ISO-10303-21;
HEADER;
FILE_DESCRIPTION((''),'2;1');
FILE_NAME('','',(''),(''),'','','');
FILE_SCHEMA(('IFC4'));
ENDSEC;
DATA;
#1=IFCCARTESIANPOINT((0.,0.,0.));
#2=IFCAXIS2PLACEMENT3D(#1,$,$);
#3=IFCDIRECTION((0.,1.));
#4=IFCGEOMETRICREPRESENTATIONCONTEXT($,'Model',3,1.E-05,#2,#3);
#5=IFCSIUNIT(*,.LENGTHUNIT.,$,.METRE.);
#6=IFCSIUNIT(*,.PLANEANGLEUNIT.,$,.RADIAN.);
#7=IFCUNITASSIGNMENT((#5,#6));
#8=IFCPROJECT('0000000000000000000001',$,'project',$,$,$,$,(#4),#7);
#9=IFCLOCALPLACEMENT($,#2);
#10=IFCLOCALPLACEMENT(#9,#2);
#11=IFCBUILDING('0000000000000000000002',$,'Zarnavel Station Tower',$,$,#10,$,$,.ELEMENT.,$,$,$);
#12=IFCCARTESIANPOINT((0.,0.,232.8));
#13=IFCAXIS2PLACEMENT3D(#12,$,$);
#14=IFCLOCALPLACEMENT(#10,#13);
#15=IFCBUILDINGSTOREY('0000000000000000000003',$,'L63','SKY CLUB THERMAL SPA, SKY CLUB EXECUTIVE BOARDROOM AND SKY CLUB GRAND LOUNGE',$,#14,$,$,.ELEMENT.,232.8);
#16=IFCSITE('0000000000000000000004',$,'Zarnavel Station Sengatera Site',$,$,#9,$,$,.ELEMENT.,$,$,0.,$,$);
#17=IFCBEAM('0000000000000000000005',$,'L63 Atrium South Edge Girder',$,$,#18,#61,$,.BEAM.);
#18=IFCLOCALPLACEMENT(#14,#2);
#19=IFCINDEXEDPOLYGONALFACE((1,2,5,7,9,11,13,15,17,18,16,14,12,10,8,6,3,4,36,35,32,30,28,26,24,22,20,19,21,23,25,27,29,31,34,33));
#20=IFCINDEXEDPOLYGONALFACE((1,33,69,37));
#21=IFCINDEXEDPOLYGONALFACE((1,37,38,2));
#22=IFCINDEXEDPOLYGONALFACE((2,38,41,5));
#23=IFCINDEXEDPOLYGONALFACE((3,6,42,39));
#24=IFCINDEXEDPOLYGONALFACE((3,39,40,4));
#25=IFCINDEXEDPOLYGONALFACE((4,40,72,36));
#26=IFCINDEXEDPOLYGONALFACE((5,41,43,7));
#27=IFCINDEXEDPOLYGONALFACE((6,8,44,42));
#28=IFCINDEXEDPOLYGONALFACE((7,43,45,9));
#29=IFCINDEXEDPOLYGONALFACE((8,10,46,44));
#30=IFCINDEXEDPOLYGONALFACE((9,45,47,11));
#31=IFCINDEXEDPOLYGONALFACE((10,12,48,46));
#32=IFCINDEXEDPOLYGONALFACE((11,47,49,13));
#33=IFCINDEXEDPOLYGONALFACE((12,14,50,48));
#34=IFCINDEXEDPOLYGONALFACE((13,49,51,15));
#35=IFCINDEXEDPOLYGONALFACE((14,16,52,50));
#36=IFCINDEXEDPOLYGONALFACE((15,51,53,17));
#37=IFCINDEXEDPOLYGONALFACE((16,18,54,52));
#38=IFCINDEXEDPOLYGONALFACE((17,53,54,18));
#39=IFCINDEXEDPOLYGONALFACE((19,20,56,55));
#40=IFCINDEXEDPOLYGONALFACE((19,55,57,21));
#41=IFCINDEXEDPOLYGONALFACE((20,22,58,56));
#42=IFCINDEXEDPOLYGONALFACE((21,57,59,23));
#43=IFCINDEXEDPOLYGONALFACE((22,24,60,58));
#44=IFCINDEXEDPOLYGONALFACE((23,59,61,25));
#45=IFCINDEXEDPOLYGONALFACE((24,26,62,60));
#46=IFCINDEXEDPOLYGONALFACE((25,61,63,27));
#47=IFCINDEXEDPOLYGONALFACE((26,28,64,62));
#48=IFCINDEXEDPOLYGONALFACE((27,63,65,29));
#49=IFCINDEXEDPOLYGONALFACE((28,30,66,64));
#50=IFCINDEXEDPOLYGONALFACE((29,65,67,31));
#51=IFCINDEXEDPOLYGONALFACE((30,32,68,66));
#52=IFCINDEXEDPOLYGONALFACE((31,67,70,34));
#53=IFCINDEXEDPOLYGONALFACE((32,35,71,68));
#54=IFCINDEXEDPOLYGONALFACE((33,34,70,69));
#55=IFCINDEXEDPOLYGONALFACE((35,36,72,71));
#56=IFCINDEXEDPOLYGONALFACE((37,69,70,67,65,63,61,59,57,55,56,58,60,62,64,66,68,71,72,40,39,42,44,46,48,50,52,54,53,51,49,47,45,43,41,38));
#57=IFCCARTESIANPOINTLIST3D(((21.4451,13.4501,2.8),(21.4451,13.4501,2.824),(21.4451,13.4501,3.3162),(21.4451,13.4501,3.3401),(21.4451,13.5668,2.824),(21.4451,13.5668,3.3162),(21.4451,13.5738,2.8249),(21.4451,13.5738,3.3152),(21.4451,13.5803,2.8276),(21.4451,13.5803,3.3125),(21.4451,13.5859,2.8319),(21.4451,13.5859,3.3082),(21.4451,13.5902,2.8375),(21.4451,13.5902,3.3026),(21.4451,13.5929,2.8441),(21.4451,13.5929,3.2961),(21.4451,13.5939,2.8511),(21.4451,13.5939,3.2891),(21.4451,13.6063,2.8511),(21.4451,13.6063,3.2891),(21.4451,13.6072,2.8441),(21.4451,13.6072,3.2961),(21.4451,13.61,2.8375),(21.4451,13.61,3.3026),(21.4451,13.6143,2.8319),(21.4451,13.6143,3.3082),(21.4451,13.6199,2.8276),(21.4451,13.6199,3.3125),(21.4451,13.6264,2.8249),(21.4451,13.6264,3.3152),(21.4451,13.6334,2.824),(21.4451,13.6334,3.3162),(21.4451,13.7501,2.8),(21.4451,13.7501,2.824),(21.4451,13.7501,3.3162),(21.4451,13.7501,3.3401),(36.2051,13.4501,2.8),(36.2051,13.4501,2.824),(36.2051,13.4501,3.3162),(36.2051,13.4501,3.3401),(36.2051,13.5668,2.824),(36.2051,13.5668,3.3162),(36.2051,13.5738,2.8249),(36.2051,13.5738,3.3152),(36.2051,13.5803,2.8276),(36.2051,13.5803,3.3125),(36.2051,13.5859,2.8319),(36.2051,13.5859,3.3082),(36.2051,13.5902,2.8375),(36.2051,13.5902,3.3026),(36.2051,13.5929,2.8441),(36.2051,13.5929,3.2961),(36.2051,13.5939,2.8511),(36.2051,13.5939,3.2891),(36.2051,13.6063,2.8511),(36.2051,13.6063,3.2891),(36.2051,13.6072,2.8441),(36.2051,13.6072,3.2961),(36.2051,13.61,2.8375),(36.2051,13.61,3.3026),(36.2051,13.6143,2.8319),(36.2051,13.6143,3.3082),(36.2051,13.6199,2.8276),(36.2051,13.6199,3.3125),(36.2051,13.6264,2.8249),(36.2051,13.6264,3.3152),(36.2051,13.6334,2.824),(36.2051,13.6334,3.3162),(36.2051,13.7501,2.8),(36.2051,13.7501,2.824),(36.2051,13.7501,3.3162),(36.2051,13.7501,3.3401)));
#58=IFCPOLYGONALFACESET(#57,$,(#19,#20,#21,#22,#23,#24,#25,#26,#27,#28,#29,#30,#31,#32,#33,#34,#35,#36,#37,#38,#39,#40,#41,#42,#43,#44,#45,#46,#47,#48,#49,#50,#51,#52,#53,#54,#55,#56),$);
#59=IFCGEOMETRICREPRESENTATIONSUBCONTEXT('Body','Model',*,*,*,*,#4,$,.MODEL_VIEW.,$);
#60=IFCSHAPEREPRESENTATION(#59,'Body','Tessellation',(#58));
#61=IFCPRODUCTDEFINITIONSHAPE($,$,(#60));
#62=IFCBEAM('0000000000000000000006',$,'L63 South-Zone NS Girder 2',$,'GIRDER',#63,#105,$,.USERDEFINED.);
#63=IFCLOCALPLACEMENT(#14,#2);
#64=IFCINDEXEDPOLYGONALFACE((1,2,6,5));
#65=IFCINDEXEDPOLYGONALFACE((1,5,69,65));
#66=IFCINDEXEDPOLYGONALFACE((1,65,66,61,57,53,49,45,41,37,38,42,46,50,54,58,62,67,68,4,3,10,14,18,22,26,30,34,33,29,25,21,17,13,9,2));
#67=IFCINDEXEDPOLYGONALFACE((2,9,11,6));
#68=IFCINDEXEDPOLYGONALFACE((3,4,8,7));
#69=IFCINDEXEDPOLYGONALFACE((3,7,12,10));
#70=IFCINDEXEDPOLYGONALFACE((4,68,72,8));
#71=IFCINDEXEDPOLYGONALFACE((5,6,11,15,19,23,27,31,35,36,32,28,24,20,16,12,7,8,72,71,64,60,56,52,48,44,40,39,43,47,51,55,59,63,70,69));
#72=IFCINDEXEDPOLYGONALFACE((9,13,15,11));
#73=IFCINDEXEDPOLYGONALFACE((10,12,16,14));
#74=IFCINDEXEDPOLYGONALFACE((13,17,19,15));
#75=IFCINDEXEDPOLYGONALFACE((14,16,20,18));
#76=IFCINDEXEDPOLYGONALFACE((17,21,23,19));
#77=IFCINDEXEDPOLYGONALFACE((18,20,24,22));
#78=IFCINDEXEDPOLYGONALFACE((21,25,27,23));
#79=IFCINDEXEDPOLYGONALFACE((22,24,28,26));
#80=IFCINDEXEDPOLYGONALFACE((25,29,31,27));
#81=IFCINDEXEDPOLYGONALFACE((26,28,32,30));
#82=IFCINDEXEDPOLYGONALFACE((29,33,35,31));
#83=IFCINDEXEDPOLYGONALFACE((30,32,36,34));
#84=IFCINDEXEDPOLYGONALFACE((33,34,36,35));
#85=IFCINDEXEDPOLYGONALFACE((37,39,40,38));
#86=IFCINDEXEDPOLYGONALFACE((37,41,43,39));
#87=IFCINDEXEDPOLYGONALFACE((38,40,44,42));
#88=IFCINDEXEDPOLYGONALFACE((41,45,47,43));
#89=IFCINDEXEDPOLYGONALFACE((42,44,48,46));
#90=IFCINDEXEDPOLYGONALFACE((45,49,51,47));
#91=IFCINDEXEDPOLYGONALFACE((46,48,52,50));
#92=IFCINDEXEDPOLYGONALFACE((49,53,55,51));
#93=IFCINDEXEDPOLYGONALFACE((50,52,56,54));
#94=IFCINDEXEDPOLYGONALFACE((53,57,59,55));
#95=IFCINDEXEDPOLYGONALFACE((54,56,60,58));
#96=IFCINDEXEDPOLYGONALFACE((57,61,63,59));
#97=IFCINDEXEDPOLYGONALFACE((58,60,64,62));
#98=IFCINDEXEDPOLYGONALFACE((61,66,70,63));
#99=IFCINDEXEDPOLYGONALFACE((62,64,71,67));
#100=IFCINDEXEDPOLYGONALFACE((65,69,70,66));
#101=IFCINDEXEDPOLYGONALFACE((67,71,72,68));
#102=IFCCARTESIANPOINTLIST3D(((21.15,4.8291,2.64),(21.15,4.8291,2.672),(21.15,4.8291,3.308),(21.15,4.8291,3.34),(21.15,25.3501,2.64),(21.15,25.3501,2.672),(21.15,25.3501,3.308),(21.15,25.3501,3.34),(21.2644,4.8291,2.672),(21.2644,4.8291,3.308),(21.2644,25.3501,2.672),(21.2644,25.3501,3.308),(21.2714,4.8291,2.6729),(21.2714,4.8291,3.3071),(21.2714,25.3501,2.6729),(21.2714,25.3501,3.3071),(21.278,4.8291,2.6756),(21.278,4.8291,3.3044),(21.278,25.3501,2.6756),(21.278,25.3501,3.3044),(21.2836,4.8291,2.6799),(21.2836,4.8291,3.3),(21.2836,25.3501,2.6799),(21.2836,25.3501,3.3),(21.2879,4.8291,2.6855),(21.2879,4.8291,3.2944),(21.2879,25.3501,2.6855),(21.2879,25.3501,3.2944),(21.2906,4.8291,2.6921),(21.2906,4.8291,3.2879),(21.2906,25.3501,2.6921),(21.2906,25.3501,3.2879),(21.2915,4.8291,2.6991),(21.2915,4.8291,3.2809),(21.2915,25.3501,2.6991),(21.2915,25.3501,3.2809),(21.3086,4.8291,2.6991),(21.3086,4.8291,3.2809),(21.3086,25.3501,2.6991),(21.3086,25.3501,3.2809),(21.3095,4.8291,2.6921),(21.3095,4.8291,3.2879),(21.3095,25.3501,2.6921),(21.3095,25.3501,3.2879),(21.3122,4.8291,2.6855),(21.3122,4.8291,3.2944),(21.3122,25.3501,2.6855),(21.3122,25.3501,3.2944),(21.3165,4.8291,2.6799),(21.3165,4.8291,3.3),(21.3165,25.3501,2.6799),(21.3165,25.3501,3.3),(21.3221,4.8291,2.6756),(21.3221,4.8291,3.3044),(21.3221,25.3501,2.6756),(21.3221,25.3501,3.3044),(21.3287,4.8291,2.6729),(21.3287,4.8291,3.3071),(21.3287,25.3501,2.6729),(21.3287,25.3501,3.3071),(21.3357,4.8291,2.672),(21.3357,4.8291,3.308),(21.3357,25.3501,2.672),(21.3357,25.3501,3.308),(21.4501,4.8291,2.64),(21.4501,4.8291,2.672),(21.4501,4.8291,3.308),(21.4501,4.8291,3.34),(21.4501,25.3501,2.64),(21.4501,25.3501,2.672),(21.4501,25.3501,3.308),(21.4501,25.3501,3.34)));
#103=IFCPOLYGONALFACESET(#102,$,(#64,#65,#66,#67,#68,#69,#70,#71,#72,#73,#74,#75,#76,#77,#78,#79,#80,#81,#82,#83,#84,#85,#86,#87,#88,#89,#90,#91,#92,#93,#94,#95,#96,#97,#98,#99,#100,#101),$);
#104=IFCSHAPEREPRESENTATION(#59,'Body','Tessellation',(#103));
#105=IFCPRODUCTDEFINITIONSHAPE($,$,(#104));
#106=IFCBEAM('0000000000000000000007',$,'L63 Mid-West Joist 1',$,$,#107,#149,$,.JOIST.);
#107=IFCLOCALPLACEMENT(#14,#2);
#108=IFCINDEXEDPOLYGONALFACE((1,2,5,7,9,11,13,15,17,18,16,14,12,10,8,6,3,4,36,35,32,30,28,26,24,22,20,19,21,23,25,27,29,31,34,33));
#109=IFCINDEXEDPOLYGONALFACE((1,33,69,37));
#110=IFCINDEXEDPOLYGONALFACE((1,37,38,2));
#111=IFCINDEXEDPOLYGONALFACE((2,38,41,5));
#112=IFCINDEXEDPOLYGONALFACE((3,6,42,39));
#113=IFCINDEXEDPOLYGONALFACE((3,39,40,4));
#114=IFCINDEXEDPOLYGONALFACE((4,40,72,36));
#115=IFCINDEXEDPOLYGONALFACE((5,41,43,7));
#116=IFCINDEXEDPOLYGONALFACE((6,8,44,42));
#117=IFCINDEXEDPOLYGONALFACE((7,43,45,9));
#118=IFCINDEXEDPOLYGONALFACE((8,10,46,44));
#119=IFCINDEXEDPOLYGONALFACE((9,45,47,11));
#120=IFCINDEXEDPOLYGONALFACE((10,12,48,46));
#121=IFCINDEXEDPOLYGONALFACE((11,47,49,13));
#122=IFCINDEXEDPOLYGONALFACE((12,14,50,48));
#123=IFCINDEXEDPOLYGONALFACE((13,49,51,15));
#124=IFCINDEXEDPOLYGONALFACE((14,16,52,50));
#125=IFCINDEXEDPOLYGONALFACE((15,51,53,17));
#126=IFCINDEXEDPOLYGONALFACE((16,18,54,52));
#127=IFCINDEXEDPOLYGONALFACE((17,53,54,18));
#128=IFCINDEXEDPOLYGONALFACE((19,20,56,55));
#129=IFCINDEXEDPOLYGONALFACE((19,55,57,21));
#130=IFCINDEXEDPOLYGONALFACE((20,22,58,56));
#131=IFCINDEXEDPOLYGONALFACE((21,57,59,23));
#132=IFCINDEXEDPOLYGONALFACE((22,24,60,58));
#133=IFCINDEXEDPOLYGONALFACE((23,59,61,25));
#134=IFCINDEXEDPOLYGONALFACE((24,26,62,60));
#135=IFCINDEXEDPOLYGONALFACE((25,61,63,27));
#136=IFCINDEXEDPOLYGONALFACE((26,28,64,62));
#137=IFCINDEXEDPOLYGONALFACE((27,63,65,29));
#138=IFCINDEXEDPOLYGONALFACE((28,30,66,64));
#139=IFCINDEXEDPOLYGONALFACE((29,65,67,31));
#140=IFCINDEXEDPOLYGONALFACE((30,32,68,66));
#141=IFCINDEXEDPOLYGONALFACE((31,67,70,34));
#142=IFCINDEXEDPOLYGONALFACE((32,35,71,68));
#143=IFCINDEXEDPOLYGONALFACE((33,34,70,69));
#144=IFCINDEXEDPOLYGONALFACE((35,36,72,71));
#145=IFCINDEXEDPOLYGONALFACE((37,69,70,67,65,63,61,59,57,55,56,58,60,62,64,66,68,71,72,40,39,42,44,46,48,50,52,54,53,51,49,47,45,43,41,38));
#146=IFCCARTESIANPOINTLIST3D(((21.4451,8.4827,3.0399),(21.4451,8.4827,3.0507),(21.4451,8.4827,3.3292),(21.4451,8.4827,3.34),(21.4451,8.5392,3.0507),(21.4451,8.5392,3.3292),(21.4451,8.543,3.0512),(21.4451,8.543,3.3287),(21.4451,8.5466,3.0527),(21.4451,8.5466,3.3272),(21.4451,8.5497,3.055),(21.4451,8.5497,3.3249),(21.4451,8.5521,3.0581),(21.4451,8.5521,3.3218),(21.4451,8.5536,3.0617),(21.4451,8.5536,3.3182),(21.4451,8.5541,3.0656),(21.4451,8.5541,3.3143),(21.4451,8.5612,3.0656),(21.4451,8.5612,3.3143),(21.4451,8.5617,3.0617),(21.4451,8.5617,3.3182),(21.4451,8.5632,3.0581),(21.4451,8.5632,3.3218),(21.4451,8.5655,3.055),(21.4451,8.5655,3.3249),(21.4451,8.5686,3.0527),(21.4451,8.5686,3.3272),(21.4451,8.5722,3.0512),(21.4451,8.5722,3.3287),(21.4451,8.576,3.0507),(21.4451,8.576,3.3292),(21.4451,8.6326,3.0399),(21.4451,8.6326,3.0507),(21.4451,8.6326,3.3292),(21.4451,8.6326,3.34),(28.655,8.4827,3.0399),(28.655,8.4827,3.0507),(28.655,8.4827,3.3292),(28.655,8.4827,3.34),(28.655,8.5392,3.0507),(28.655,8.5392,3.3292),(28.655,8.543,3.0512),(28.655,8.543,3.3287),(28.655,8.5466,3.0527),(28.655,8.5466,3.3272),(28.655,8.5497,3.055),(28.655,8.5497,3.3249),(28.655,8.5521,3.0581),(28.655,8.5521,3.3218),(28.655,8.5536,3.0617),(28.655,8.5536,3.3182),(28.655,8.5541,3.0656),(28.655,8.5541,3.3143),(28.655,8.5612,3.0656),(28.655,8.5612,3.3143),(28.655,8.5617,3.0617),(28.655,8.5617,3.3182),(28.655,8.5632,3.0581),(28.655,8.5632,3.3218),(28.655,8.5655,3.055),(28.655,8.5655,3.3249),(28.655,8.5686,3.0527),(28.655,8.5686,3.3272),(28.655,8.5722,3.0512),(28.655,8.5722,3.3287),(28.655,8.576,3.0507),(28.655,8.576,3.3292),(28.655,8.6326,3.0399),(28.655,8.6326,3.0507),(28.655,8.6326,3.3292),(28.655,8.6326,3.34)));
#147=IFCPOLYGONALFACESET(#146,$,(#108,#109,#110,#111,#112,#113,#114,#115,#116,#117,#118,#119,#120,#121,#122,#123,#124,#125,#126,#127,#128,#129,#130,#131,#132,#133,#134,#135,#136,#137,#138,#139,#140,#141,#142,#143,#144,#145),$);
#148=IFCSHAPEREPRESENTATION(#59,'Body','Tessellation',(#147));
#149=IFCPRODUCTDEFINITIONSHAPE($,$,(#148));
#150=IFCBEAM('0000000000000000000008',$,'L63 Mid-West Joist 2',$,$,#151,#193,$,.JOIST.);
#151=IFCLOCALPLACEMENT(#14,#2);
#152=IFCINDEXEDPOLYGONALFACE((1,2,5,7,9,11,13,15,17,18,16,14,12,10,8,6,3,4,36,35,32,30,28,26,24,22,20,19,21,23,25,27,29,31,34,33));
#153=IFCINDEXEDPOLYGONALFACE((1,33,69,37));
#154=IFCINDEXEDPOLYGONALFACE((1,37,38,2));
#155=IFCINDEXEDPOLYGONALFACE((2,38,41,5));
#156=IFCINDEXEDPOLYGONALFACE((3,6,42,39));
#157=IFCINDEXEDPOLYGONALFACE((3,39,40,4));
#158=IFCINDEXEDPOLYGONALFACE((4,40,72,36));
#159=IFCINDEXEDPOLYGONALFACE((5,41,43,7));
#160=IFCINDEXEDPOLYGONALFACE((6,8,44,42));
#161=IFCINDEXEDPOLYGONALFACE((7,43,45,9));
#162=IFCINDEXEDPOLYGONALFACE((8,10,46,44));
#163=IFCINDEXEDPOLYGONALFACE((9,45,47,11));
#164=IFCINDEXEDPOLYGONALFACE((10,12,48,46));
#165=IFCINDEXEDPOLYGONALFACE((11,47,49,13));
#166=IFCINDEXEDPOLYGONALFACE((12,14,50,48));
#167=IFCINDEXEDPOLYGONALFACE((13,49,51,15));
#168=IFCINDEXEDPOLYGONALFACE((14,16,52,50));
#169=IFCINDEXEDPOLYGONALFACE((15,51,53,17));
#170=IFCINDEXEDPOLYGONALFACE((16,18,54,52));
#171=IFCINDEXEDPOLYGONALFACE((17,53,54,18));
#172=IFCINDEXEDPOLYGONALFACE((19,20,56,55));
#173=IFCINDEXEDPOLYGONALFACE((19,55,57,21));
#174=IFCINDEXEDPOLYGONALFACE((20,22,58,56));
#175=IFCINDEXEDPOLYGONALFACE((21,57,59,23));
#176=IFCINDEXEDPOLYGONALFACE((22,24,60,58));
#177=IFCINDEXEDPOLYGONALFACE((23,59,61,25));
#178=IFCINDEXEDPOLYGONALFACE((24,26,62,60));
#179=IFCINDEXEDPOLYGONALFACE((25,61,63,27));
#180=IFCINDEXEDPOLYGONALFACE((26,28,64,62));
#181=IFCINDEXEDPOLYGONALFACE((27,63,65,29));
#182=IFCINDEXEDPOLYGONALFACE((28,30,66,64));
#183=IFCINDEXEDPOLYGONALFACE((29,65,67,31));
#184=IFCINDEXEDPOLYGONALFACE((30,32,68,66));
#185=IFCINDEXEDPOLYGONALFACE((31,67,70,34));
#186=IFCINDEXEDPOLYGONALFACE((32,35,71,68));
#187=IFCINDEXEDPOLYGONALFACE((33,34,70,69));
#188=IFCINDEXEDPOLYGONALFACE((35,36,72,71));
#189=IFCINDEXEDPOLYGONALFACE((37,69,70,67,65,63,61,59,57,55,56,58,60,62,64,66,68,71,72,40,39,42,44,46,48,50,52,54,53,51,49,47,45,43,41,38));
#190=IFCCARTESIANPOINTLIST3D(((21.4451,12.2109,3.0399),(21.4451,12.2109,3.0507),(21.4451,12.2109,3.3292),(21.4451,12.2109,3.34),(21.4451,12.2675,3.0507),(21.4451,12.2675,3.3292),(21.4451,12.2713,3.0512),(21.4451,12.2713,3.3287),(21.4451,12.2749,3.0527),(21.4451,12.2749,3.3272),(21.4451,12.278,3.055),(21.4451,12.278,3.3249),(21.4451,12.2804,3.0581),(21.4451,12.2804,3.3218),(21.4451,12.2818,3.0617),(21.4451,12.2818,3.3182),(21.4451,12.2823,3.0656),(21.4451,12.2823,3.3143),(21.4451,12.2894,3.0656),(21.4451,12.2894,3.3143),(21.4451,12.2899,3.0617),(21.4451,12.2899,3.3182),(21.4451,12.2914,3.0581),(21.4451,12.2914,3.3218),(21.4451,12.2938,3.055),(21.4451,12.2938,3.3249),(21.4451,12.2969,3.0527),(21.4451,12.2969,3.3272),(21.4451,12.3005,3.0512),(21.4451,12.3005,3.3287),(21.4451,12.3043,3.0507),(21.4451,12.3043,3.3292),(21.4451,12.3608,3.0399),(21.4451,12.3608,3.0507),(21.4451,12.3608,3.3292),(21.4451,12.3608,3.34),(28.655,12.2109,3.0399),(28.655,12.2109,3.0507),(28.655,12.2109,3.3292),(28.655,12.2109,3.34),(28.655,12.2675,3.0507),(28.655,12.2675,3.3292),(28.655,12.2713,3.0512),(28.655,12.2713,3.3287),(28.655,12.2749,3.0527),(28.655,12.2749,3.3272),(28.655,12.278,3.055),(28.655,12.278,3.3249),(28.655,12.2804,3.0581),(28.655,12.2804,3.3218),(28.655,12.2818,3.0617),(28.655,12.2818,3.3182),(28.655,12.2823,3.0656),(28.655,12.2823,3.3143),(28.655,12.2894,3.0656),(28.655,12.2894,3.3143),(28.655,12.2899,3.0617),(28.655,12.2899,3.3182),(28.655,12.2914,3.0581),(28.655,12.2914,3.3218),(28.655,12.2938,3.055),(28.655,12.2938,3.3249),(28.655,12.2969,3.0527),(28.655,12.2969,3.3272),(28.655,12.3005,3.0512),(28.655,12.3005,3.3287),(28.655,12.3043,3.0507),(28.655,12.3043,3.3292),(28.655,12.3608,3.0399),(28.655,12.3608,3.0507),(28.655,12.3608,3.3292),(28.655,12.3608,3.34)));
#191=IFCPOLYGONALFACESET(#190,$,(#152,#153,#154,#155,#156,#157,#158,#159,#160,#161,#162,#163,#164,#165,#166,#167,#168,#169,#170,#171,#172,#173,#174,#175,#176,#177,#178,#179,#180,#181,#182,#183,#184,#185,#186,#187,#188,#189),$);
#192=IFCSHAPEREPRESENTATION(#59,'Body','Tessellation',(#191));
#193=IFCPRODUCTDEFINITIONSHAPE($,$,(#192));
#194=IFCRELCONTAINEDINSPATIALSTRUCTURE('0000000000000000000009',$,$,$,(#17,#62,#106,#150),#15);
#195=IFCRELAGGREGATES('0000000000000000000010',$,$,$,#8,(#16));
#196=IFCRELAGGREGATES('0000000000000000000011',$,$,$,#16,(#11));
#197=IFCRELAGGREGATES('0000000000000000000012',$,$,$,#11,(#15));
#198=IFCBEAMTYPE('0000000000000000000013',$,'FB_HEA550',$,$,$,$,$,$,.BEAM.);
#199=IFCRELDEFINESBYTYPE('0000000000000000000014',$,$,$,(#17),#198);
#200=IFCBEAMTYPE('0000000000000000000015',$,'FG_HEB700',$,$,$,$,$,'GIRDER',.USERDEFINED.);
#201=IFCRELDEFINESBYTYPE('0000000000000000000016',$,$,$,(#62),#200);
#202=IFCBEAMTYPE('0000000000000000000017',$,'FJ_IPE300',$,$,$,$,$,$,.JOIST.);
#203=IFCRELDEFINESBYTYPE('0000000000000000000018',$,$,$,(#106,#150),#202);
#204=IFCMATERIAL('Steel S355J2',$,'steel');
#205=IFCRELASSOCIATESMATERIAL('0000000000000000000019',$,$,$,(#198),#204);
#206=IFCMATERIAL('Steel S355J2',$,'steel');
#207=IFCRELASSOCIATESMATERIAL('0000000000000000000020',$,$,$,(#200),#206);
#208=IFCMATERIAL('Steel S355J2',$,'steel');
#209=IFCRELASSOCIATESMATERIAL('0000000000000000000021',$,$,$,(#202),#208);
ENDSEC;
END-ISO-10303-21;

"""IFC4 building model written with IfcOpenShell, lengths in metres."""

from ifc_helpers import new_model, si_unit, direction, frame, origin, origin_2d, place, context, subcontext, project, spatial, i_section, extrude, material, material_profile, profile_set, type_object, element, save


model = new_model("IFC4")

# Units and contexts
model_context = context("Model", 3, precision=1e-05, world=origin(), true_north=direction((0.0, 1.0)))
body_context = subcontext(model_context, "Body", "Model", "MODEL_VIEW")
ifc_project = project(units=[si_unit("LENGTHUNIT", "METRE"), si_unit("PLANEANGLEUNIT", "RADIAN")], contexts=[model_context])

# Site, building, storey
site_placement = place(None, origin())
site = spatial("IfcSite", under=ifc_project, at=site_placement, Name="Zarnavel Station Sengatera Site", CompositionType="ELEMENT", RefElevation=0.0)
building_placement = place(site_placement, origin())
building = spatial("IfcBuilding", under=site, at=building_placement, Name="Zarnavel Station Tower", CompositionType="ELEMENT")
storey_placement = place(building_placement, frame((0.0, 0.0, 232.8)))
storey = spatial("IfcBuildingStorey", under=building, at=storey_placement, Name="L63", Description="SKY CLUB THERMAL SPA, SKY CLUB EXECUTIVE BOARDROOM AND SKY CLUB GRAND LOUNGE", CompositionType="ELEMENT", Elevation=232.8)

# Beams
ifc_material_1 = material(Name="Steel S355J2", Category="steel")
ifc_material_profile_1 = material_profile(ifc_material_1, i_section(OverallWidth=0.3, OverallDepth=0.54, WebThickness=0.0125, FlangeThickness=0.0239, FilletRadius=0.0271, at=origin_2d()), Name="HEA550")
ifc_profile_set_1 = profile_set([ifc_material_profile_1], Name="Steel S355J2")
beam_type_1 = type_object("IfcBeamType", Name="FB_HEA550", PredefinedType="BEAM", material=ifc_profile_set_1)
beam_1_placement = place(storey_placement, frame((21.4451, 13.6001, 3.0701), z_axis=(1.0, 0.0, 0.0), x_axis=(0.0, 1.0, 0.0)))
element("IfcBeam", 1, at=beam_1_placement, inside=storey, type_object=beam_type_1, Name="L63 Atrium South Edge Girder", PredefinedType="BEAM", context=body_context, shape_type="SweptSolid", body=[
    extrude(i_section(OverallWidth=0.3, OverallDepth=0.54, WebThickness=0.0125, FlangeThickness=0.0239, FilletRadius=0.0271, at=origin_2d()), origin(), (0.0, 0.0, 1.0), 14.76),
])
ifc_material_2 = material(Name="Steel S355J2", Category="steel")
ifc_material_profile_2 = material_profile(ifc_material_2, i_section(OverallWidth=0.3, OverallDepth=0.7, WebThickness=0.0171, FlangeThickness=0.032, FilletRadius=0.0271, at=origin_2d()), Name="HEB700")
ifc_profile_set_2 = profile_set([ifc_material_profile_2], Name="Steel S355J2")
beam_type_2 = type_object("IfcBeamType", Name="FG_HEB700", ElementType="GIRDER", PredefinedType="USERDEFINED", material=ifc_profile_set_2)
beam_2_placement = place(storey_placement, frame((21.3, 4.8291, 2.99), z_axis=(0.0, 1.0, 0.0), x_axis=(-1.0, 0.0, 0.0)))
element("IfcBeam", 2, at=beam_2_placement, inside=storey, type_object=beam_type_2, Name="L63 South-Zone NS Girder 2", ObjectType="GIRDER", PredefinedType="USERDEFINED", context=body_context, shape_type="SweptSolid", body=[
    extrude(i_section(OverallWidth=0.3, OverallDepth=0.7, WebThickness=0.0171, FlangeThickness=0.032, FilletRadius=0.0271, at=origin_2d()), origin(), (0.0, 0.0, 1.0), 20.521),
])
ifc_material_3 = material(Name="Steel S355J2", Category="steel")
ifc_material_profile_3 = material_profile(ifc_material_3, i_section(OverallWidth=0.1499, OverallDepth=0.3, WebThickness=0.0071, FlangeThickness=0.0107, FilletRadius=0.0149, at=origin_2d()), Name="IPE300")
ifc_profile_set_3 = profile_set([ifc_material_profile_3], Name="Steel S355J2")
beam_type_3 = type_object("IfcBeamType", Name="FJ_IPE300", PredefinedType="JOIST", material=ifc_profile_set_3)
for number, where, z_axis, x_axis, name in (
    (3, (21.4451, 8.5576, 3.1899), (1.0, 0.0, 0.0), (0.0, 1.0, 0.0), "L63 Mid-West Joist 1"),
    (4, (21.4451, 12.2859, 3.1899), (1.0, 0.0, 0.0), (0.0, 1.0, 0.0), "L63 Mid-West Joist 2"),
):
    element("IfcBeam", number, at=place(storey_placement, frame(where, z_axis=z_axis, x_axis=x_axis)), inside=storey, type_object=beam_type_3, Name=name, PredefinedType="JOIST", context=body_context, shape_type="SweptSolid", body=[
        extrude(i_section(OverallWidth=0.1499, OverallDepth=0.3, WebThickness=0.0071, FlangeThickness=0.0107, FilletRadius=0.0149, at=origin_2d()), origin(), (0.0, 0.0, 1.0), 7.21),
    ])

save(model, "model.ifc")
